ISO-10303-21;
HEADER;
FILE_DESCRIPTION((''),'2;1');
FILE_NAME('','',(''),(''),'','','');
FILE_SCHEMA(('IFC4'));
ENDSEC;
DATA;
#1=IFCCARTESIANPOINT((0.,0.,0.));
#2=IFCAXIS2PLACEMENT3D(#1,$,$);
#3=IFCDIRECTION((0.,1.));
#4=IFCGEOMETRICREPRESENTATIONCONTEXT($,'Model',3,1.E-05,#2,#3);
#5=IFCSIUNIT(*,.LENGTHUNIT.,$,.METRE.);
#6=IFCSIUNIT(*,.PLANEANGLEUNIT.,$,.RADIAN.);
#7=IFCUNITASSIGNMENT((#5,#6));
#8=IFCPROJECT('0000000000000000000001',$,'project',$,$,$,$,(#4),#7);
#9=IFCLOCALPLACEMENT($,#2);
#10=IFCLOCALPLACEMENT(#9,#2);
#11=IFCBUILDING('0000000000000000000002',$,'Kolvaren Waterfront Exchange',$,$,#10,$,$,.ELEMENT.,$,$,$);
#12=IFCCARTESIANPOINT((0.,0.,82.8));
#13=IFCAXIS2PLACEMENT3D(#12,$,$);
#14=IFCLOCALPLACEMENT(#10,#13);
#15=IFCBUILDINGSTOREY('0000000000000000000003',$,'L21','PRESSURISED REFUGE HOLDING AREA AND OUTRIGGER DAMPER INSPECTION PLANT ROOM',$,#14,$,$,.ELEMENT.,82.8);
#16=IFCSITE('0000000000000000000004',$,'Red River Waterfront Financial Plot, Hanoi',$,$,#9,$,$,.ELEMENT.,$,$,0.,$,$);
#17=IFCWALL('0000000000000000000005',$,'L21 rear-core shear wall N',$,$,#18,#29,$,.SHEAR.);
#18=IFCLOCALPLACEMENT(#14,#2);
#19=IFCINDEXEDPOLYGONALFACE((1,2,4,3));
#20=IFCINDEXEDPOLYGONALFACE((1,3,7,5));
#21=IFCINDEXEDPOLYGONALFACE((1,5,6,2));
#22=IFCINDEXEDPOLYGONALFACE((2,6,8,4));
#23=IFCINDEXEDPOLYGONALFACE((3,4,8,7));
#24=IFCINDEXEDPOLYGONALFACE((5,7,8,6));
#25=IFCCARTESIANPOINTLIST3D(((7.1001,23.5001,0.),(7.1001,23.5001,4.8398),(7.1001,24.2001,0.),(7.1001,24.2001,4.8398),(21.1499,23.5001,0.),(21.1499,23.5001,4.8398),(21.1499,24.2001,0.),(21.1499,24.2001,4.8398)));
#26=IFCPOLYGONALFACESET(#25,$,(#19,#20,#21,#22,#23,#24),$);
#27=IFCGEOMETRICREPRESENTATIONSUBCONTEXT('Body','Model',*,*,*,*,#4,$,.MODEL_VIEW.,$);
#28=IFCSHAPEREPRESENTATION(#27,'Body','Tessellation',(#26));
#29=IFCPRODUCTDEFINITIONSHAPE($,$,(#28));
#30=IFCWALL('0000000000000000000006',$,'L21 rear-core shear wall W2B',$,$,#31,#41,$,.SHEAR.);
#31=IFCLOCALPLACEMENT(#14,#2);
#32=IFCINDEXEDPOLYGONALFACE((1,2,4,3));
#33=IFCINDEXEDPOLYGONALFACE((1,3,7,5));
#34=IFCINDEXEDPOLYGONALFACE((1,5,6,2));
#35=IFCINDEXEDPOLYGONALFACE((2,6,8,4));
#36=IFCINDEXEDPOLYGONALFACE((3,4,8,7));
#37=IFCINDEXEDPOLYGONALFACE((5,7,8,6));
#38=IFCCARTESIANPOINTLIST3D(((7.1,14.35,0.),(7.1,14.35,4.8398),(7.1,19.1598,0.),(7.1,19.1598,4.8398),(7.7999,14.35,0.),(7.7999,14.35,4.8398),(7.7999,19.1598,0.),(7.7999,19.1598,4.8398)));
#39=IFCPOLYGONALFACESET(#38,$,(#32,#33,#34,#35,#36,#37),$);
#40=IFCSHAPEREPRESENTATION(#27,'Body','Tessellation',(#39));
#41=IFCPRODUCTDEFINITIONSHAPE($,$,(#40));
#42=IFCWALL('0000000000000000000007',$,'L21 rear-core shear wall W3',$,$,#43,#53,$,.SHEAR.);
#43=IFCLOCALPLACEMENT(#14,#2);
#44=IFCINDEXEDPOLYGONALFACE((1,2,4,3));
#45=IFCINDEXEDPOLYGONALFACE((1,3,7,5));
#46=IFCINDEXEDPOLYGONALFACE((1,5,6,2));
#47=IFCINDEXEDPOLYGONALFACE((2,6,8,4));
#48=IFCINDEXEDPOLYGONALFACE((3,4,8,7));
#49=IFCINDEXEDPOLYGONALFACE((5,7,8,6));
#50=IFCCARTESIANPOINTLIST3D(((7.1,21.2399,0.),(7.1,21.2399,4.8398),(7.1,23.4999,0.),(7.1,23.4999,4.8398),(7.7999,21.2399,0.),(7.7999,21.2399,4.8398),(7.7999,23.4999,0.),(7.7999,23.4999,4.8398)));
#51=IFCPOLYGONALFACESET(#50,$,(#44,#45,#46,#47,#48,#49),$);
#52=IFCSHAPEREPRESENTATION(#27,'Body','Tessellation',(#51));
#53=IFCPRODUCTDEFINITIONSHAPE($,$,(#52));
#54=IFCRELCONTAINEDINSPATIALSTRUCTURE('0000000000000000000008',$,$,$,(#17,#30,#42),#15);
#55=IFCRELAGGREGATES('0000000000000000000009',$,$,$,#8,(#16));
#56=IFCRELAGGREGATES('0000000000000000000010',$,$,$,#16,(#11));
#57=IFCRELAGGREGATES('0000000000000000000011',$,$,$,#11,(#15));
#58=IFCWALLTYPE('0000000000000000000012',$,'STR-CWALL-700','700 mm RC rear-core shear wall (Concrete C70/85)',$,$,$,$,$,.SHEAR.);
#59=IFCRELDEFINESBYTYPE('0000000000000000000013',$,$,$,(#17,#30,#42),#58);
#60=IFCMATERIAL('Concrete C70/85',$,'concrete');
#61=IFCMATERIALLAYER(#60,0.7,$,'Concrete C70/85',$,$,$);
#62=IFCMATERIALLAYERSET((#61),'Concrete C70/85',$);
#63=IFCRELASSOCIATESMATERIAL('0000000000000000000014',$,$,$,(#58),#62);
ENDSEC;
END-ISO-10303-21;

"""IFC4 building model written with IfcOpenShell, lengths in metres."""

from ifc_helpers import new_model, si_unit, direction, frame, frame_2d, origin, place, context, subcontext, project, spatial, rectangle, extrude, material, layer, layer_set, type_object, element, save


model = new_model("IFC4")

# Units and contexts
model_context = context("Model", 3, precision=1e-05, world=origin(), true_north=direction((0.0, 1.0)))
body_context = subcontext(model_context, "Body", "Model", "MODEL_VIEW")
ifc_project = project(units=[si_unit("LENGTHUNIT", "METRE"), si_unit("PLANEANGLEUNIT", "RADIAN")], contexts=[model_context])

# Site, building, storey
site_placement = place(None, origin())
site = spatial("IfcSite", under=ifc_project, at=site_placement, Name="Red River Waterfront Financial Plot, Hanoi", CompositionType="ELEMENT", RefElevation=0.0)
building_placement = place(site_placement, origin())
building = spatial("IfcBuilding", under=site, at=building_placement, Name="Kolvaren Waterfront Exchange", CompositionType="ELEMENT")
storey_placement = place(building_placement, frame((0.0, 0.0, 82.8)))
storey = spatial("IfcBuildingStorey", under=building, at=storey_placement, Name="L21", Description="PRESSURISED REFUGE HOLDING AREA AND OUTRIGGER DAMPER INSPECTION PLANT ROOM", CompositionType="ELEMENT", Elevation=82.8)

# Shared definitions
ifc_material_1 = material(Name="Concrete C70/85", Category="concrete")

# Walls
ifc_layer_1 = layer(ifc_material_1, 0.7, Name="Concrete C70/85")
ifc_layer_set_1 = layer_set([ifc_layer_1], Name="Concrete C70/85")
wall_type_1 = type_object("IfcWallType", Name="STR-CWALL-700", Description="700 mm RC rear-core shear wall (Concrete C70/85)", PredefinedType="SHEAR", material=ifc_layer_set_1)
wall_1_placement = place(storey_placement, frame((7.1001, 23.8501, 0.0), z_axis=(0.0, 0.0, 1.0), x_axis=(1.0, 0.0, 0.0)))
element("IfcWall", 1, at=wall_1_placement, inside=storey, type_object=wall_type_1, Name="L21 rear-core shear wall N", PredefinedType="SHEAR", context=body_context, shape_type="SweptSolid", body=[
    extrude(rectangle(XDim=14.0498, YDim=0.7, at=frame_2d((7.0249, 0.0))), origin(), (0.0, 0.0, 1.0), 4.8398),
])
wall_2_placement = place(storey_placement, frame((7.45, 14.3501, 0.0), z_axis=(0.0, 0.0, 1.0), x_axis=(0.0, 1.0, 0.0)))
element("IfcWall", 2, at=wall_2_placement, inside=storey, type_object=wall_type_1, Name="L21 rear-core shear wall W2B", PredefinedType="SHEAR", context=body_context, shape_type="SweptSolid", body=[
    extrude(rectangle(XDim=4.8098, YDim=0.7, at=frame_2d((2.4048, 0.0))), origin(), (0.0, 0.0, 1.0), 4.8398),
])
wall_3_placement = place(storey_placement, frame((7.45, 21.24, 0.0), z_axis=(0.0, 0.0, 1.0), x_axis=(0.0, 1.0, 0.0)))
element("IfcWall", 3, at=wall_3_placement, inside=storey, type_object=wall_type_1, Name="L21 rear-core shear wall W3", PredefinedType="SHEAR", context=body_context, shape_type="SweptSolid", body=[
    extrude(rectangle(XDim=2.26, YDim=0.7, at=frame_2d((1.1299, 0.0))), origin(), (0.0, 0.0, 1.0), 4.8398),
])

save(model, "model.ifc")
